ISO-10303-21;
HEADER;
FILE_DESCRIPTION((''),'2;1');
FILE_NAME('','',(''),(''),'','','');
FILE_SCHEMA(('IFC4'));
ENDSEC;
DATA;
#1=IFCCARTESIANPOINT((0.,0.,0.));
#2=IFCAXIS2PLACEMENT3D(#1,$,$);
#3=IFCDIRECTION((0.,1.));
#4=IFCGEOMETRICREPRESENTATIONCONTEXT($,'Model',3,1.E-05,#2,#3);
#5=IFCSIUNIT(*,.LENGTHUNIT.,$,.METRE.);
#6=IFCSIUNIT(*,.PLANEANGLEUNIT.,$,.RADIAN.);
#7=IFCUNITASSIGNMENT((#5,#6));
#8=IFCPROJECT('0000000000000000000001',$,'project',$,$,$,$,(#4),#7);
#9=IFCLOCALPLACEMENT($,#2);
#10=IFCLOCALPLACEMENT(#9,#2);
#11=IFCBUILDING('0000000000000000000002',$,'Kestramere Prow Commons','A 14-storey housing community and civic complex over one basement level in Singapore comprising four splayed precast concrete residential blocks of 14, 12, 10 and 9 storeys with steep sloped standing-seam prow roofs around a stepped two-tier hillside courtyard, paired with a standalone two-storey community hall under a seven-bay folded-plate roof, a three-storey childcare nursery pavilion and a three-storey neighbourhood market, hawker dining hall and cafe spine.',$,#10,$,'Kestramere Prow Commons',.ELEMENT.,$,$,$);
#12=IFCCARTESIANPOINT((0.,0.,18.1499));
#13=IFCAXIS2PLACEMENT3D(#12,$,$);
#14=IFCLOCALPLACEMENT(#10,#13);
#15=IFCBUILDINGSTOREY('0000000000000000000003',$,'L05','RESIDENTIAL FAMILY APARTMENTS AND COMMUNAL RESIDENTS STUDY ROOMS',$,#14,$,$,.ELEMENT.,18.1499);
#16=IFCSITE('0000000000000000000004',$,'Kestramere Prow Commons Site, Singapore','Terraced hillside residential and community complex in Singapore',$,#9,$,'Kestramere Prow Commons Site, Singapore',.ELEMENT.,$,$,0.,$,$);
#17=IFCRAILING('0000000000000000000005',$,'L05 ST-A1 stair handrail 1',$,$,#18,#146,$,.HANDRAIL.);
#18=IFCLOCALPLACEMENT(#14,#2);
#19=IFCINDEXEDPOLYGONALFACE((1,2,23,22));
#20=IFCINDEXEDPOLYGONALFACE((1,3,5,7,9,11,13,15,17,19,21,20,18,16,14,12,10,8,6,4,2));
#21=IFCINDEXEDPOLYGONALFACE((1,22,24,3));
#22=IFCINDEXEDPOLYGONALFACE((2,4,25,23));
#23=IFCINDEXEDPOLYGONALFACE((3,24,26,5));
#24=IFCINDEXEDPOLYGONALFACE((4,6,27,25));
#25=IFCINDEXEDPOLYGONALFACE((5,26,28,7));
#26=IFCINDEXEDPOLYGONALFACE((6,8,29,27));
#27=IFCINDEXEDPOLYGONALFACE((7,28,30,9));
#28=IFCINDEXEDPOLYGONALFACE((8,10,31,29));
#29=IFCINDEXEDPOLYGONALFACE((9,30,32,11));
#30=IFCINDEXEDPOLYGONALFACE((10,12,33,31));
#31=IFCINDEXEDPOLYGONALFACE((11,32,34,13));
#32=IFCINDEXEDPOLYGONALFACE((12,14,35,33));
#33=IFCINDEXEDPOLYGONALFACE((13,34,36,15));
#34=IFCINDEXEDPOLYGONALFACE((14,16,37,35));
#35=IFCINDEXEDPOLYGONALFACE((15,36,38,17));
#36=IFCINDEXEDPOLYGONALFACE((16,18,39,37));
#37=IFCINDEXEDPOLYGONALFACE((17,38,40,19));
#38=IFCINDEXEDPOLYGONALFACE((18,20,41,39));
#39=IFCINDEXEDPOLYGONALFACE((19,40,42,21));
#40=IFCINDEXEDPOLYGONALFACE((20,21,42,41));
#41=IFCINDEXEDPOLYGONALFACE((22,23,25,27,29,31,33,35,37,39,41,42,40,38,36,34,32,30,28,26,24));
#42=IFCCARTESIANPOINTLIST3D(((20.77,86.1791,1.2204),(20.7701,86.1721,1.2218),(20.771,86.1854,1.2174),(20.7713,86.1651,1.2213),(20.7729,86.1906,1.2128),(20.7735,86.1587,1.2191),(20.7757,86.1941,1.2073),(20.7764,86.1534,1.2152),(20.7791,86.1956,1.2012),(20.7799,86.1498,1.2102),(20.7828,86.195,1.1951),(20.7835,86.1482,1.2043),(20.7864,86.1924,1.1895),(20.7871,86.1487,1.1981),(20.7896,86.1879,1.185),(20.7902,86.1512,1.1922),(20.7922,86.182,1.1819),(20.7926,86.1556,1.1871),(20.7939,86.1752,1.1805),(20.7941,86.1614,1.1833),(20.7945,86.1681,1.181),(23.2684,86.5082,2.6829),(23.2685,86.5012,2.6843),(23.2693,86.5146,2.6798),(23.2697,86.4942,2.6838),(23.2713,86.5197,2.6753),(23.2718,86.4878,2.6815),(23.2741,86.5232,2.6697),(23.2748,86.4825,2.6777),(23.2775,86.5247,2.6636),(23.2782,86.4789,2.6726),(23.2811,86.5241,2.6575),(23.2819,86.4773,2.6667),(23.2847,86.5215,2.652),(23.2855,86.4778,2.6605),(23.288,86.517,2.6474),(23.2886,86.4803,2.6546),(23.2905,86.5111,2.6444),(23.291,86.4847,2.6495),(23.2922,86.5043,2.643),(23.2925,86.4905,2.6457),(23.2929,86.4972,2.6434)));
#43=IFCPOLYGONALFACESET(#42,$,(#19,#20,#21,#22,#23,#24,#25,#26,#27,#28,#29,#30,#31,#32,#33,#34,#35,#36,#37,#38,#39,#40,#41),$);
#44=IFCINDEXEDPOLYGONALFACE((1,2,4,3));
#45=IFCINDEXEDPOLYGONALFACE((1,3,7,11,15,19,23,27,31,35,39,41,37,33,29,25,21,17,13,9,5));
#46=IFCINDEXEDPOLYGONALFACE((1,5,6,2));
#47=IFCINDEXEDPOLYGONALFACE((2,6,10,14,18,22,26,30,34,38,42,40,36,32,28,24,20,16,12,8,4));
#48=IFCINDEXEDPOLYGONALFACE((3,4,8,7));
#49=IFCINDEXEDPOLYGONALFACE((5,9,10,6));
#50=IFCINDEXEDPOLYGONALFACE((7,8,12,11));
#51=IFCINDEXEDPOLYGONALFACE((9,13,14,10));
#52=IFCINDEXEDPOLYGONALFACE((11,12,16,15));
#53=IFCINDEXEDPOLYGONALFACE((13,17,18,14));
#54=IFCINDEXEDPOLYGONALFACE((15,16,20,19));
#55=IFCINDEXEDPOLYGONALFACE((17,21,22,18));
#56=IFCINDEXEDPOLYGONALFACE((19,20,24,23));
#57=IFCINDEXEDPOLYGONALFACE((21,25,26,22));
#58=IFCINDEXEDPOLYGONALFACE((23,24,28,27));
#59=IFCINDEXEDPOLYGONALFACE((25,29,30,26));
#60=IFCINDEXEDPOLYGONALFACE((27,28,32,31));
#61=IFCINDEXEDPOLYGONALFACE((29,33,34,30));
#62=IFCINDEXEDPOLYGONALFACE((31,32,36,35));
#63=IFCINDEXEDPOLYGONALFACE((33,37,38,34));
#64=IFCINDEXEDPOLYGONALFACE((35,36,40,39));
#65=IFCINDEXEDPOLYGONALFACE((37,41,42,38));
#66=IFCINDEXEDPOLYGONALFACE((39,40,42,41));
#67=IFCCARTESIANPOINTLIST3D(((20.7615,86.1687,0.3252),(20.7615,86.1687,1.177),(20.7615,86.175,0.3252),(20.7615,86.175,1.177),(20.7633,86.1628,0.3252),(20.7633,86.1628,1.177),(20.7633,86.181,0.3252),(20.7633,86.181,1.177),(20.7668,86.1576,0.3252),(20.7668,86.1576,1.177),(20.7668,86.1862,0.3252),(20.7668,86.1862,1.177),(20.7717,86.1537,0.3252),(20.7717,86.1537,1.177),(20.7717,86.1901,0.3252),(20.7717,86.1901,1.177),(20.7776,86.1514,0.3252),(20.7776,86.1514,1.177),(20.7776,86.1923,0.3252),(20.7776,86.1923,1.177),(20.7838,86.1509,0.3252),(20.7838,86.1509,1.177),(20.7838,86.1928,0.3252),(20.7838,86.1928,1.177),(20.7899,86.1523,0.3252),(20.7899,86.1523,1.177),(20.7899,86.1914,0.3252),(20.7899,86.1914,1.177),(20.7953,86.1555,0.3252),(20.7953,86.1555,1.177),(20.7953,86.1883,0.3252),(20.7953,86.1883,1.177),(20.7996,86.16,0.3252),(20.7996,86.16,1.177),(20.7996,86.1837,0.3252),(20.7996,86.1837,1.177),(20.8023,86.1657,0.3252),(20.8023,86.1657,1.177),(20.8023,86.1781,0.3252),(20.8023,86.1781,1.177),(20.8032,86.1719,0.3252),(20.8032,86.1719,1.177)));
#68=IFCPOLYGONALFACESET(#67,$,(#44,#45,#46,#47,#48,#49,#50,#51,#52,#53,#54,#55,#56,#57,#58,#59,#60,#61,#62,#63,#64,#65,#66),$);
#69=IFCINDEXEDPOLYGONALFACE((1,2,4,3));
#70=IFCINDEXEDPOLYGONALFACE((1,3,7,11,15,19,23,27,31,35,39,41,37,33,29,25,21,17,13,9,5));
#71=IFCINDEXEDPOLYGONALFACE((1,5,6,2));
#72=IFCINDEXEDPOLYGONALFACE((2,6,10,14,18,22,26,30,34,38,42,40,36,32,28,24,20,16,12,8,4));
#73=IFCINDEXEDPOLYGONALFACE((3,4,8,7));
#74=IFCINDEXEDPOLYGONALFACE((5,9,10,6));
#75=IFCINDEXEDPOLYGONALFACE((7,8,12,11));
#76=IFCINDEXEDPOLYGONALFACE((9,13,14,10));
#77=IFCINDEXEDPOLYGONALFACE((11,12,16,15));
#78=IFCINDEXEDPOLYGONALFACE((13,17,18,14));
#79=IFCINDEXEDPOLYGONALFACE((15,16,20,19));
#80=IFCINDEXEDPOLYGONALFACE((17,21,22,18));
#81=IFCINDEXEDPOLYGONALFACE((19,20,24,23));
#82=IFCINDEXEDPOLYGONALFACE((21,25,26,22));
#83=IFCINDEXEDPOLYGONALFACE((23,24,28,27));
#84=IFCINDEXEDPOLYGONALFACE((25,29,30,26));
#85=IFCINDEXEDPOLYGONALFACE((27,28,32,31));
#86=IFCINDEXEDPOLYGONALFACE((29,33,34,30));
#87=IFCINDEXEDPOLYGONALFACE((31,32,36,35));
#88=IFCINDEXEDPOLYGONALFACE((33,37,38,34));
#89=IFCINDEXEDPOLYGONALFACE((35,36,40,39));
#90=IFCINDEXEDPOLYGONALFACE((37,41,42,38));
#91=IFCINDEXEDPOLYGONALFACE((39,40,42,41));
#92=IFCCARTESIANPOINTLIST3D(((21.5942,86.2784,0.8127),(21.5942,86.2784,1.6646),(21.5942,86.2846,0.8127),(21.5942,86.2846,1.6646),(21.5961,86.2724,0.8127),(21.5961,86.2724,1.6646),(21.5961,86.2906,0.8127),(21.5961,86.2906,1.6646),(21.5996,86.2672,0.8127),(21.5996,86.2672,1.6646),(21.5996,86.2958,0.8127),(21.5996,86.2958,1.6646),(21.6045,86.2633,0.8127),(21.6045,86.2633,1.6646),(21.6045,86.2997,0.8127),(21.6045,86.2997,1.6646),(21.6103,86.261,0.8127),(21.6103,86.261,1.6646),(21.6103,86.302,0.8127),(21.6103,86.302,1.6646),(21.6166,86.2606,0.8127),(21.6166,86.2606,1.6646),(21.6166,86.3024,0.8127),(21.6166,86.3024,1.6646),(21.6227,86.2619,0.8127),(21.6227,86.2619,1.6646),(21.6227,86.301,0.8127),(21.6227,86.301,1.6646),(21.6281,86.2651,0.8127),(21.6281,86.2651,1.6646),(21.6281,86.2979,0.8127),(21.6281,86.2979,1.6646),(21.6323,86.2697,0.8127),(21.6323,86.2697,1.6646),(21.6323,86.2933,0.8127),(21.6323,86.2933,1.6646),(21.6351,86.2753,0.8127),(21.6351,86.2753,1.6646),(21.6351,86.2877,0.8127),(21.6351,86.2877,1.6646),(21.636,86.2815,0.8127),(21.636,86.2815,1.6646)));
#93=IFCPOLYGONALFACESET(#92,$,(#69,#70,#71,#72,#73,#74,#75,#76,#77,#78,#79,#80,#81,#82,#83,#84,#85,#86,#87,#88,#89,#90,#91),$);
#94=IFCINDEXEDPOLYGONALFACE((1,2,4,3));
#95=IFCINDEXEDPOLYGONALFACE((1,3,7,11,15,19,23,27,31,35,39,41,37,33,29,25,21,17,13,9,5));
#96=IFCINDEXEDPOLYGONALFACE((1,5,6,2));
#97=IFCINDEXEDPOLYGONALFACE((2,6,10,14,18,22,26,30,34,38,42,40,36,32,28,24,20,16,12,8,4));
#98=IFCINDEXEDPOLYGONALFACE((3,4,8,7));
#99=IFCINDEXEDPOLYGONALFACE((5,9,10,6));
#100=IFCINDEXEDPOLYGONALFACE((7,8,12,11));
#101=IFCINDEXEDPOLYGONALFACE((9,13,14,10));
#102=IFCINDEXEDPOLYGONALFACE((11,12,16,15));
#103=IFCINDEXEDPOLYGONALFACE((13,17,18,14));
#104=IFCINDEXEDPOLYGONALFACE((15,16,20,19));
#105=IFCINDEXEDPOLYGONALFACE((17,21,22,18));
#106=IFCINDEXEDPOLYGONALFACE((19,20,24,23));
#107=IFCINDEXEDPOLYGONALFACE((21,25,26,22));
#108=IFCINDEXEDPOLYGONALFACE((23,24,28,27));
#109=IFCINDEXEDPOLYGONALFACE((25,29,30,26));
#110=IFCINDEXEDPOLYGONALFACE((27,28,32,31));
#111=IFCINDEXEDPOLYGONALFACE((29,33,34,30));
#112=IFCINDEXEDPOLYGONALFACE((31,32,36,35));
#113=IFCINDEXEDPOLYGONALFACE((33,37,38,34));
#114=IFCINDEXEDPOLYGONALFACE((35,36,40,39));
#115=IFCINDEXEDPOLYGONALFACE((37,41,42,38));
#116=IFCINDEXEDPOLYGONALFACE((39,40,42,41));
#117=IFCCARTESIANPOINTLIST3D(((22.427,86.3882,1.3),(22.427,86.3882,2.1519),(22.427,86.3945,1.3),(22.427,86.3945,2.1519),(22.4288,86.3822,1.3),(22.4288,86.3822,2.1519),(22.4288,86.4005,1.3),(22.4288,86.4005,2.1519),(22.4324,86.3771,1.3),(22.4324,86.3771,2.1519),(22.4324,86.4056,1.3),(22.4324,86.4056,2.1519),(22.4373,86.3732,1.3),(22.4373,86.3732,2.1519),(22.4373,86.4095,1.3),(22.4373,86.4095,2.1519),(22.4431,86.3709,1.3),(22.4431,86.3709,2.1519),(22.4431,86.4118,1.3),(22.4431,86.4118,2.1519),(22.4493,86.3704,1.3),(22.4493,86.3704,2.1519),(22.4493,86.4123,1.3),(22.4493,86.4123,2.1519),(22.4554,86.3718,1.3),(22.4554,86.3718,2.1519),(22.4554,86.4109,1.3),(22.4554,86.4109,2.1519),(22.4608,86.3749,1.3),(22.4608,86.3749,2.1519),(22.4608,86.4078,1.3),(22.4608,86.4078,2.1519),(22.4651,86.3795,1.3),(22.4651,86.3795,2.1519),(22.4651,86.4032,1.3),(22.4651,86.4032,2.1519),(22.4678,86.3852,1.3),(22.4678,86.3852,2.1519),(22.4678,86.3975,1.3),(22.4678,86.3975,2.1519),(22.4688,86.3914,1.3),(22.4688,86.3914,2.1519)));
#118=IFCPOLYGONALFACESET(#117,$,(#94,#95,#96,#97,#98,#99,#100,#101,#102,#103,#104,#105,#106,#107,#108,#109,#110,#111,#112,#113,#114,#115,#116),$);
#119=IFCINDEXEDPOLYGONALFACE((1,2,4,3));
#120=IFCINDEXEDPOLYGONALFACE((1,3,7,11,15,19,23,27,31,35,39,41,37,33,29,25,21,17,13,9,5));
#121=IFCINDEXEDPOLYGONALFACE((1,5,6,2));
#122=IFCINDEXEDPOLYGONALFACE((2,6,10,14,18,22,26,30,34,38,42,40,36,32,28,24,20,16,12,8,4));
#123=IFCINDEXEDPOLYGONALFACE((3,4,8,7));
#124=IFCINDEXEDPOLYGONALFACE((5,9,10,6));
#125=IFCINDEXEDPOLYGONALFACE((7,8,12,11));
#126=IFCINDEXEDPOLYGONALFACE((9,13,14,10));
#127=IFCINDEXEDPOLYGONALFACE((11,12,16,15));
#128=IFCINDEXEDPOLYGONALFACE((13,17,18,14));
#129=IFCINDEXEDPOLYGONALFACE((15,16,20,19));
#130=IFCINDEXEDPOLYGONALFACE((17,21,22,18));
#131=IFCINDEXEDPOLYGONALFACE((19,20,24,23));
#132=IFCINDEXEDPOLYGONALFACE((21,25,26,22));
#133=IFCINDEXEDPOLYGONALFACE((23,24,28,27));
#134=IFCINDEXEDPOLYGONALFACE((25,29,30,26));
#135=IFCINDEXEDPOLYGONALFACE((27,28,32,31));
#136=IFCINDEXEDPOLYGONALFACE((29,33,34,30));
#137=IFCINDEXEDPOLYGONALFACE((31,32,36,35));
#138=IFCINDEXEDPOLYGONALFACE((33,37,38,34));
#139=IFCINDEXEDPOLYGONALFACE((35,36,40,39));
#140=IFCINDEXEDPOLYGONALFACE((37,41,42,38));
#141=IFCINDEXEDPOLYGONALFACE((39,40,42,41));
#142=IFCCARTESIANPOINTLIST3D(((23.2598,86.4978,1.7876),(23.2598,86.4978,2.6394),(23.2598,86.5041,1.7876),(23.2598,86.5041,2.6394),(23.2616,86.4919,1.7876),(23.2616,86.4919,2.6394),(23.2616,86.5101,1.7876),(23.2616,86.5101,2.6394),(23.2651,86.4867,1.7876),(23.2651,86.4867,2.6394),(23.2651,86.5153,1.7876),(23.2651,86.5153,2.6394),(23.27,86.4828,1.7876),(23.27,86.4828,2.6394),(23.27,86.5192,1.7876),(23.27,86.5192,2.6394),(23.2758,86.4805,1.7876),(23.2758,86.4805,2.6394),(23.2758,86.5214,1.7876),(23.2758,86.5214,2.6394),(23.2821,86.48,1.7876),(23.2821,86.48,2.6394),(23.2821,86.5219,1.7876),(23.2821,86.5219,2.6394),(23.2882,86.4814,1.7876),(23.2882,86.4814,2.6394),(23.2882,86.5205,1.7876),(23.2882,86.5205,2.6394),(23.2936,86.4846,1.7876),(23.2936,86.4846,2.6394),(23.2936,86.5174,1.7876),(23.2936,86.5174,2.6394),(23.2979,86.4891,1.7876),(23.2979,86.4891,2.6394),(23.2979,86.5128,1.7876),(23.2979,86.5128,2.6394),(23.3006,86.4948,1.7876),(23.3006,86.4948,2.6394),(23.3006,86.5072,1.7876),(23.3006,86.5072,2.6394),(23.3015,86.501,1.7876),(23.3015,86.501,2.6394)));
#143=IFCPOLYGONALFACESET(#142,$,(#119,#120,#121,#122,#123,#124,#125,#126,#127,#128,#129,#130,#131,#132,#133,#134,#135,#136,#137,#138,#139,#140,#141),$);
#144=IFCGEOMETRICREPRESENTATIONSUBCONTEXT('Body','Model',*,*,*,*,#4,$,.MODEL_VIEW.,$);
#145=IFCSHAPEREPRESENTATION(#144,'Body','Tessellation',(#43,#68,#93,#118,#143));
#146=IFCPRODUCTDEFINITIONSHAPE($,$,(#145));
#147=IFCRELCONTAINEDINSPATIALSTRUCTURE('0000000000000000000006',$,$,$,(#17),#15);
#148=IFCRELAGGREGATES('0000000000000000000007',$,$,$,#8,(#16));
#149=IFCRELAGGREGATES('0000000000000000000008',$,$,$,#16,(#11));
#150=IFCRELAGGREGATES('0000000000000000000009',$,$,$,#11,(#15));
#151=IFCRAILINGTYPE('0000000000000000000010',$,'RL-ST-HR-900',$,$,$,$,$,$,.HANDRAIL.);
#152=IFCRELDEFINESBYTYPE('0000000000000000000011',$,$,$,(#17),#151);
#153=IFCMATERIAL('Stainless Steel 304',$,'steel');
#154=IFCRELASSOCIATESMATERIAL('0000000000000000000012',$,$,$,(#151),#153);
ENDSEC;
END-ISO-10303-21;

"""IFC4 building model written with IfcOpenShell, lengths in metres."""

from ifc_helpers import new_model, si_unit, direction, frame, origin, origin_2d, place, context, subcontext, project, spatial, circle, extrude, material, type_object, element, save


model = new_model("IFC4")

# Units and contexts
model_context = context("Model", 3, precision=1e-05, world=origin(), true_north=direction((0.0, 1.0)))
body_context = subcontext(model_context, "Body", "Model", "MODEL_VIEW")
ifc_project = project(units=[si_unit("LENGTHUNIT", "METRE"), si_unit("PLANEANGLEUNIT", "RADIAN")], contexts=[model_context])

# Site, building, storey
site_placement = place(None, origin())
site = spatial("IfcSite", under=ifc_project, at=site_placement, Name="Kestramere Prow Commons Site, Singapore", Description="Terraced hillside residential and community complex in Singapore", LongName="Kestramere Prow Commons Site, Singapore", CompositionType="ELEMENT", RefElevation=0.0)
building_placement = place(site_placement, origin())
building = spatial("IfcBuilding", under=site, at=building_placement, Name="Kestramere Prow Commons", Description="A 14-storey housing community and civic complex over one basement level in Singapore comprising four splayed precast concrete residential blocks of 14, 12, 10 and 9 storeys with steep sloped standing-seam prow roofs around a stepped two-tier hillside courtyard, paired with a standalone two-storey community hall under a seven-bay folded-plate roof, a three-storey childcare nursery pavilion and a three-storey neighbourhood market, hawker dining hall and cafe spine.", LongName="Kestramere Prow Commons", CompositionType="ELEMENT")
storey_placement = place(building_placement, frame((0.0, 0.0, 18.1499)))
storey = spatial("IfcBuildingStorey", under=building, at=storey_placement, Name="L05", Description="RESIDENTIAL FAMILY APARTMENTS AND COMMUNAL RESIDENTS STUDY ROOMS", CompositionType="ELEMENT", Elevation=18.1499)

# Railing
ifc_material_1 = material(Name="Stainless Steel 304", Category="steel")
railing_type_1 = type_object("IfcRailingType", Name="RL-ST-HR-900", PredefinedType="HANDRAIL", material=ifc_material_1)
railing_1_placement = place(storey_placement, frame((20.7822, 86.1719, 0.3252)))
element("IfcRailing", 1, at=railing_1_placement, inside=storey, type_object=railing_type_1, Name="L05 ST-A1 stair handrail 1", PredefinedType="HANDRAIL", context=body_context, shape_type="SweptSolid", body=[
    extrude(circle(Radius=0.0239, at=origin_2d()), frame((0.0, 0.0, 0.876), z_axis=(0.857493, 0.112958, 0.501943), x_axis=(-0.130602, 0.991435, 0.0)), (0.0, 0.0, 1.0), 2.9136),
    extrude(circle(Radius=0.021, at=origin_2d()), origin(), (0.0, 0.0, 1.0), 0.8518),
    extrude(circle(Radius=0.021, at=origin_2d()), frame((0.8328, 0.1096, 0.4875)), (0.0, 0.0, 1.0), 0.8518),
    extrude(circle(Radius=0.021, at=origin_2d()), frame((1.6655, 0.2195, 0.9749)), (0.0, 0.0, 1.0), 0.8518),
    extrude(circle(Radius=0.021, at=origin_2d()), frame((2.4983, 0.3291, 1.4624)), (0.0, 0.0, 1.0), 0.8518),
])

save(model, "model.ifc")
